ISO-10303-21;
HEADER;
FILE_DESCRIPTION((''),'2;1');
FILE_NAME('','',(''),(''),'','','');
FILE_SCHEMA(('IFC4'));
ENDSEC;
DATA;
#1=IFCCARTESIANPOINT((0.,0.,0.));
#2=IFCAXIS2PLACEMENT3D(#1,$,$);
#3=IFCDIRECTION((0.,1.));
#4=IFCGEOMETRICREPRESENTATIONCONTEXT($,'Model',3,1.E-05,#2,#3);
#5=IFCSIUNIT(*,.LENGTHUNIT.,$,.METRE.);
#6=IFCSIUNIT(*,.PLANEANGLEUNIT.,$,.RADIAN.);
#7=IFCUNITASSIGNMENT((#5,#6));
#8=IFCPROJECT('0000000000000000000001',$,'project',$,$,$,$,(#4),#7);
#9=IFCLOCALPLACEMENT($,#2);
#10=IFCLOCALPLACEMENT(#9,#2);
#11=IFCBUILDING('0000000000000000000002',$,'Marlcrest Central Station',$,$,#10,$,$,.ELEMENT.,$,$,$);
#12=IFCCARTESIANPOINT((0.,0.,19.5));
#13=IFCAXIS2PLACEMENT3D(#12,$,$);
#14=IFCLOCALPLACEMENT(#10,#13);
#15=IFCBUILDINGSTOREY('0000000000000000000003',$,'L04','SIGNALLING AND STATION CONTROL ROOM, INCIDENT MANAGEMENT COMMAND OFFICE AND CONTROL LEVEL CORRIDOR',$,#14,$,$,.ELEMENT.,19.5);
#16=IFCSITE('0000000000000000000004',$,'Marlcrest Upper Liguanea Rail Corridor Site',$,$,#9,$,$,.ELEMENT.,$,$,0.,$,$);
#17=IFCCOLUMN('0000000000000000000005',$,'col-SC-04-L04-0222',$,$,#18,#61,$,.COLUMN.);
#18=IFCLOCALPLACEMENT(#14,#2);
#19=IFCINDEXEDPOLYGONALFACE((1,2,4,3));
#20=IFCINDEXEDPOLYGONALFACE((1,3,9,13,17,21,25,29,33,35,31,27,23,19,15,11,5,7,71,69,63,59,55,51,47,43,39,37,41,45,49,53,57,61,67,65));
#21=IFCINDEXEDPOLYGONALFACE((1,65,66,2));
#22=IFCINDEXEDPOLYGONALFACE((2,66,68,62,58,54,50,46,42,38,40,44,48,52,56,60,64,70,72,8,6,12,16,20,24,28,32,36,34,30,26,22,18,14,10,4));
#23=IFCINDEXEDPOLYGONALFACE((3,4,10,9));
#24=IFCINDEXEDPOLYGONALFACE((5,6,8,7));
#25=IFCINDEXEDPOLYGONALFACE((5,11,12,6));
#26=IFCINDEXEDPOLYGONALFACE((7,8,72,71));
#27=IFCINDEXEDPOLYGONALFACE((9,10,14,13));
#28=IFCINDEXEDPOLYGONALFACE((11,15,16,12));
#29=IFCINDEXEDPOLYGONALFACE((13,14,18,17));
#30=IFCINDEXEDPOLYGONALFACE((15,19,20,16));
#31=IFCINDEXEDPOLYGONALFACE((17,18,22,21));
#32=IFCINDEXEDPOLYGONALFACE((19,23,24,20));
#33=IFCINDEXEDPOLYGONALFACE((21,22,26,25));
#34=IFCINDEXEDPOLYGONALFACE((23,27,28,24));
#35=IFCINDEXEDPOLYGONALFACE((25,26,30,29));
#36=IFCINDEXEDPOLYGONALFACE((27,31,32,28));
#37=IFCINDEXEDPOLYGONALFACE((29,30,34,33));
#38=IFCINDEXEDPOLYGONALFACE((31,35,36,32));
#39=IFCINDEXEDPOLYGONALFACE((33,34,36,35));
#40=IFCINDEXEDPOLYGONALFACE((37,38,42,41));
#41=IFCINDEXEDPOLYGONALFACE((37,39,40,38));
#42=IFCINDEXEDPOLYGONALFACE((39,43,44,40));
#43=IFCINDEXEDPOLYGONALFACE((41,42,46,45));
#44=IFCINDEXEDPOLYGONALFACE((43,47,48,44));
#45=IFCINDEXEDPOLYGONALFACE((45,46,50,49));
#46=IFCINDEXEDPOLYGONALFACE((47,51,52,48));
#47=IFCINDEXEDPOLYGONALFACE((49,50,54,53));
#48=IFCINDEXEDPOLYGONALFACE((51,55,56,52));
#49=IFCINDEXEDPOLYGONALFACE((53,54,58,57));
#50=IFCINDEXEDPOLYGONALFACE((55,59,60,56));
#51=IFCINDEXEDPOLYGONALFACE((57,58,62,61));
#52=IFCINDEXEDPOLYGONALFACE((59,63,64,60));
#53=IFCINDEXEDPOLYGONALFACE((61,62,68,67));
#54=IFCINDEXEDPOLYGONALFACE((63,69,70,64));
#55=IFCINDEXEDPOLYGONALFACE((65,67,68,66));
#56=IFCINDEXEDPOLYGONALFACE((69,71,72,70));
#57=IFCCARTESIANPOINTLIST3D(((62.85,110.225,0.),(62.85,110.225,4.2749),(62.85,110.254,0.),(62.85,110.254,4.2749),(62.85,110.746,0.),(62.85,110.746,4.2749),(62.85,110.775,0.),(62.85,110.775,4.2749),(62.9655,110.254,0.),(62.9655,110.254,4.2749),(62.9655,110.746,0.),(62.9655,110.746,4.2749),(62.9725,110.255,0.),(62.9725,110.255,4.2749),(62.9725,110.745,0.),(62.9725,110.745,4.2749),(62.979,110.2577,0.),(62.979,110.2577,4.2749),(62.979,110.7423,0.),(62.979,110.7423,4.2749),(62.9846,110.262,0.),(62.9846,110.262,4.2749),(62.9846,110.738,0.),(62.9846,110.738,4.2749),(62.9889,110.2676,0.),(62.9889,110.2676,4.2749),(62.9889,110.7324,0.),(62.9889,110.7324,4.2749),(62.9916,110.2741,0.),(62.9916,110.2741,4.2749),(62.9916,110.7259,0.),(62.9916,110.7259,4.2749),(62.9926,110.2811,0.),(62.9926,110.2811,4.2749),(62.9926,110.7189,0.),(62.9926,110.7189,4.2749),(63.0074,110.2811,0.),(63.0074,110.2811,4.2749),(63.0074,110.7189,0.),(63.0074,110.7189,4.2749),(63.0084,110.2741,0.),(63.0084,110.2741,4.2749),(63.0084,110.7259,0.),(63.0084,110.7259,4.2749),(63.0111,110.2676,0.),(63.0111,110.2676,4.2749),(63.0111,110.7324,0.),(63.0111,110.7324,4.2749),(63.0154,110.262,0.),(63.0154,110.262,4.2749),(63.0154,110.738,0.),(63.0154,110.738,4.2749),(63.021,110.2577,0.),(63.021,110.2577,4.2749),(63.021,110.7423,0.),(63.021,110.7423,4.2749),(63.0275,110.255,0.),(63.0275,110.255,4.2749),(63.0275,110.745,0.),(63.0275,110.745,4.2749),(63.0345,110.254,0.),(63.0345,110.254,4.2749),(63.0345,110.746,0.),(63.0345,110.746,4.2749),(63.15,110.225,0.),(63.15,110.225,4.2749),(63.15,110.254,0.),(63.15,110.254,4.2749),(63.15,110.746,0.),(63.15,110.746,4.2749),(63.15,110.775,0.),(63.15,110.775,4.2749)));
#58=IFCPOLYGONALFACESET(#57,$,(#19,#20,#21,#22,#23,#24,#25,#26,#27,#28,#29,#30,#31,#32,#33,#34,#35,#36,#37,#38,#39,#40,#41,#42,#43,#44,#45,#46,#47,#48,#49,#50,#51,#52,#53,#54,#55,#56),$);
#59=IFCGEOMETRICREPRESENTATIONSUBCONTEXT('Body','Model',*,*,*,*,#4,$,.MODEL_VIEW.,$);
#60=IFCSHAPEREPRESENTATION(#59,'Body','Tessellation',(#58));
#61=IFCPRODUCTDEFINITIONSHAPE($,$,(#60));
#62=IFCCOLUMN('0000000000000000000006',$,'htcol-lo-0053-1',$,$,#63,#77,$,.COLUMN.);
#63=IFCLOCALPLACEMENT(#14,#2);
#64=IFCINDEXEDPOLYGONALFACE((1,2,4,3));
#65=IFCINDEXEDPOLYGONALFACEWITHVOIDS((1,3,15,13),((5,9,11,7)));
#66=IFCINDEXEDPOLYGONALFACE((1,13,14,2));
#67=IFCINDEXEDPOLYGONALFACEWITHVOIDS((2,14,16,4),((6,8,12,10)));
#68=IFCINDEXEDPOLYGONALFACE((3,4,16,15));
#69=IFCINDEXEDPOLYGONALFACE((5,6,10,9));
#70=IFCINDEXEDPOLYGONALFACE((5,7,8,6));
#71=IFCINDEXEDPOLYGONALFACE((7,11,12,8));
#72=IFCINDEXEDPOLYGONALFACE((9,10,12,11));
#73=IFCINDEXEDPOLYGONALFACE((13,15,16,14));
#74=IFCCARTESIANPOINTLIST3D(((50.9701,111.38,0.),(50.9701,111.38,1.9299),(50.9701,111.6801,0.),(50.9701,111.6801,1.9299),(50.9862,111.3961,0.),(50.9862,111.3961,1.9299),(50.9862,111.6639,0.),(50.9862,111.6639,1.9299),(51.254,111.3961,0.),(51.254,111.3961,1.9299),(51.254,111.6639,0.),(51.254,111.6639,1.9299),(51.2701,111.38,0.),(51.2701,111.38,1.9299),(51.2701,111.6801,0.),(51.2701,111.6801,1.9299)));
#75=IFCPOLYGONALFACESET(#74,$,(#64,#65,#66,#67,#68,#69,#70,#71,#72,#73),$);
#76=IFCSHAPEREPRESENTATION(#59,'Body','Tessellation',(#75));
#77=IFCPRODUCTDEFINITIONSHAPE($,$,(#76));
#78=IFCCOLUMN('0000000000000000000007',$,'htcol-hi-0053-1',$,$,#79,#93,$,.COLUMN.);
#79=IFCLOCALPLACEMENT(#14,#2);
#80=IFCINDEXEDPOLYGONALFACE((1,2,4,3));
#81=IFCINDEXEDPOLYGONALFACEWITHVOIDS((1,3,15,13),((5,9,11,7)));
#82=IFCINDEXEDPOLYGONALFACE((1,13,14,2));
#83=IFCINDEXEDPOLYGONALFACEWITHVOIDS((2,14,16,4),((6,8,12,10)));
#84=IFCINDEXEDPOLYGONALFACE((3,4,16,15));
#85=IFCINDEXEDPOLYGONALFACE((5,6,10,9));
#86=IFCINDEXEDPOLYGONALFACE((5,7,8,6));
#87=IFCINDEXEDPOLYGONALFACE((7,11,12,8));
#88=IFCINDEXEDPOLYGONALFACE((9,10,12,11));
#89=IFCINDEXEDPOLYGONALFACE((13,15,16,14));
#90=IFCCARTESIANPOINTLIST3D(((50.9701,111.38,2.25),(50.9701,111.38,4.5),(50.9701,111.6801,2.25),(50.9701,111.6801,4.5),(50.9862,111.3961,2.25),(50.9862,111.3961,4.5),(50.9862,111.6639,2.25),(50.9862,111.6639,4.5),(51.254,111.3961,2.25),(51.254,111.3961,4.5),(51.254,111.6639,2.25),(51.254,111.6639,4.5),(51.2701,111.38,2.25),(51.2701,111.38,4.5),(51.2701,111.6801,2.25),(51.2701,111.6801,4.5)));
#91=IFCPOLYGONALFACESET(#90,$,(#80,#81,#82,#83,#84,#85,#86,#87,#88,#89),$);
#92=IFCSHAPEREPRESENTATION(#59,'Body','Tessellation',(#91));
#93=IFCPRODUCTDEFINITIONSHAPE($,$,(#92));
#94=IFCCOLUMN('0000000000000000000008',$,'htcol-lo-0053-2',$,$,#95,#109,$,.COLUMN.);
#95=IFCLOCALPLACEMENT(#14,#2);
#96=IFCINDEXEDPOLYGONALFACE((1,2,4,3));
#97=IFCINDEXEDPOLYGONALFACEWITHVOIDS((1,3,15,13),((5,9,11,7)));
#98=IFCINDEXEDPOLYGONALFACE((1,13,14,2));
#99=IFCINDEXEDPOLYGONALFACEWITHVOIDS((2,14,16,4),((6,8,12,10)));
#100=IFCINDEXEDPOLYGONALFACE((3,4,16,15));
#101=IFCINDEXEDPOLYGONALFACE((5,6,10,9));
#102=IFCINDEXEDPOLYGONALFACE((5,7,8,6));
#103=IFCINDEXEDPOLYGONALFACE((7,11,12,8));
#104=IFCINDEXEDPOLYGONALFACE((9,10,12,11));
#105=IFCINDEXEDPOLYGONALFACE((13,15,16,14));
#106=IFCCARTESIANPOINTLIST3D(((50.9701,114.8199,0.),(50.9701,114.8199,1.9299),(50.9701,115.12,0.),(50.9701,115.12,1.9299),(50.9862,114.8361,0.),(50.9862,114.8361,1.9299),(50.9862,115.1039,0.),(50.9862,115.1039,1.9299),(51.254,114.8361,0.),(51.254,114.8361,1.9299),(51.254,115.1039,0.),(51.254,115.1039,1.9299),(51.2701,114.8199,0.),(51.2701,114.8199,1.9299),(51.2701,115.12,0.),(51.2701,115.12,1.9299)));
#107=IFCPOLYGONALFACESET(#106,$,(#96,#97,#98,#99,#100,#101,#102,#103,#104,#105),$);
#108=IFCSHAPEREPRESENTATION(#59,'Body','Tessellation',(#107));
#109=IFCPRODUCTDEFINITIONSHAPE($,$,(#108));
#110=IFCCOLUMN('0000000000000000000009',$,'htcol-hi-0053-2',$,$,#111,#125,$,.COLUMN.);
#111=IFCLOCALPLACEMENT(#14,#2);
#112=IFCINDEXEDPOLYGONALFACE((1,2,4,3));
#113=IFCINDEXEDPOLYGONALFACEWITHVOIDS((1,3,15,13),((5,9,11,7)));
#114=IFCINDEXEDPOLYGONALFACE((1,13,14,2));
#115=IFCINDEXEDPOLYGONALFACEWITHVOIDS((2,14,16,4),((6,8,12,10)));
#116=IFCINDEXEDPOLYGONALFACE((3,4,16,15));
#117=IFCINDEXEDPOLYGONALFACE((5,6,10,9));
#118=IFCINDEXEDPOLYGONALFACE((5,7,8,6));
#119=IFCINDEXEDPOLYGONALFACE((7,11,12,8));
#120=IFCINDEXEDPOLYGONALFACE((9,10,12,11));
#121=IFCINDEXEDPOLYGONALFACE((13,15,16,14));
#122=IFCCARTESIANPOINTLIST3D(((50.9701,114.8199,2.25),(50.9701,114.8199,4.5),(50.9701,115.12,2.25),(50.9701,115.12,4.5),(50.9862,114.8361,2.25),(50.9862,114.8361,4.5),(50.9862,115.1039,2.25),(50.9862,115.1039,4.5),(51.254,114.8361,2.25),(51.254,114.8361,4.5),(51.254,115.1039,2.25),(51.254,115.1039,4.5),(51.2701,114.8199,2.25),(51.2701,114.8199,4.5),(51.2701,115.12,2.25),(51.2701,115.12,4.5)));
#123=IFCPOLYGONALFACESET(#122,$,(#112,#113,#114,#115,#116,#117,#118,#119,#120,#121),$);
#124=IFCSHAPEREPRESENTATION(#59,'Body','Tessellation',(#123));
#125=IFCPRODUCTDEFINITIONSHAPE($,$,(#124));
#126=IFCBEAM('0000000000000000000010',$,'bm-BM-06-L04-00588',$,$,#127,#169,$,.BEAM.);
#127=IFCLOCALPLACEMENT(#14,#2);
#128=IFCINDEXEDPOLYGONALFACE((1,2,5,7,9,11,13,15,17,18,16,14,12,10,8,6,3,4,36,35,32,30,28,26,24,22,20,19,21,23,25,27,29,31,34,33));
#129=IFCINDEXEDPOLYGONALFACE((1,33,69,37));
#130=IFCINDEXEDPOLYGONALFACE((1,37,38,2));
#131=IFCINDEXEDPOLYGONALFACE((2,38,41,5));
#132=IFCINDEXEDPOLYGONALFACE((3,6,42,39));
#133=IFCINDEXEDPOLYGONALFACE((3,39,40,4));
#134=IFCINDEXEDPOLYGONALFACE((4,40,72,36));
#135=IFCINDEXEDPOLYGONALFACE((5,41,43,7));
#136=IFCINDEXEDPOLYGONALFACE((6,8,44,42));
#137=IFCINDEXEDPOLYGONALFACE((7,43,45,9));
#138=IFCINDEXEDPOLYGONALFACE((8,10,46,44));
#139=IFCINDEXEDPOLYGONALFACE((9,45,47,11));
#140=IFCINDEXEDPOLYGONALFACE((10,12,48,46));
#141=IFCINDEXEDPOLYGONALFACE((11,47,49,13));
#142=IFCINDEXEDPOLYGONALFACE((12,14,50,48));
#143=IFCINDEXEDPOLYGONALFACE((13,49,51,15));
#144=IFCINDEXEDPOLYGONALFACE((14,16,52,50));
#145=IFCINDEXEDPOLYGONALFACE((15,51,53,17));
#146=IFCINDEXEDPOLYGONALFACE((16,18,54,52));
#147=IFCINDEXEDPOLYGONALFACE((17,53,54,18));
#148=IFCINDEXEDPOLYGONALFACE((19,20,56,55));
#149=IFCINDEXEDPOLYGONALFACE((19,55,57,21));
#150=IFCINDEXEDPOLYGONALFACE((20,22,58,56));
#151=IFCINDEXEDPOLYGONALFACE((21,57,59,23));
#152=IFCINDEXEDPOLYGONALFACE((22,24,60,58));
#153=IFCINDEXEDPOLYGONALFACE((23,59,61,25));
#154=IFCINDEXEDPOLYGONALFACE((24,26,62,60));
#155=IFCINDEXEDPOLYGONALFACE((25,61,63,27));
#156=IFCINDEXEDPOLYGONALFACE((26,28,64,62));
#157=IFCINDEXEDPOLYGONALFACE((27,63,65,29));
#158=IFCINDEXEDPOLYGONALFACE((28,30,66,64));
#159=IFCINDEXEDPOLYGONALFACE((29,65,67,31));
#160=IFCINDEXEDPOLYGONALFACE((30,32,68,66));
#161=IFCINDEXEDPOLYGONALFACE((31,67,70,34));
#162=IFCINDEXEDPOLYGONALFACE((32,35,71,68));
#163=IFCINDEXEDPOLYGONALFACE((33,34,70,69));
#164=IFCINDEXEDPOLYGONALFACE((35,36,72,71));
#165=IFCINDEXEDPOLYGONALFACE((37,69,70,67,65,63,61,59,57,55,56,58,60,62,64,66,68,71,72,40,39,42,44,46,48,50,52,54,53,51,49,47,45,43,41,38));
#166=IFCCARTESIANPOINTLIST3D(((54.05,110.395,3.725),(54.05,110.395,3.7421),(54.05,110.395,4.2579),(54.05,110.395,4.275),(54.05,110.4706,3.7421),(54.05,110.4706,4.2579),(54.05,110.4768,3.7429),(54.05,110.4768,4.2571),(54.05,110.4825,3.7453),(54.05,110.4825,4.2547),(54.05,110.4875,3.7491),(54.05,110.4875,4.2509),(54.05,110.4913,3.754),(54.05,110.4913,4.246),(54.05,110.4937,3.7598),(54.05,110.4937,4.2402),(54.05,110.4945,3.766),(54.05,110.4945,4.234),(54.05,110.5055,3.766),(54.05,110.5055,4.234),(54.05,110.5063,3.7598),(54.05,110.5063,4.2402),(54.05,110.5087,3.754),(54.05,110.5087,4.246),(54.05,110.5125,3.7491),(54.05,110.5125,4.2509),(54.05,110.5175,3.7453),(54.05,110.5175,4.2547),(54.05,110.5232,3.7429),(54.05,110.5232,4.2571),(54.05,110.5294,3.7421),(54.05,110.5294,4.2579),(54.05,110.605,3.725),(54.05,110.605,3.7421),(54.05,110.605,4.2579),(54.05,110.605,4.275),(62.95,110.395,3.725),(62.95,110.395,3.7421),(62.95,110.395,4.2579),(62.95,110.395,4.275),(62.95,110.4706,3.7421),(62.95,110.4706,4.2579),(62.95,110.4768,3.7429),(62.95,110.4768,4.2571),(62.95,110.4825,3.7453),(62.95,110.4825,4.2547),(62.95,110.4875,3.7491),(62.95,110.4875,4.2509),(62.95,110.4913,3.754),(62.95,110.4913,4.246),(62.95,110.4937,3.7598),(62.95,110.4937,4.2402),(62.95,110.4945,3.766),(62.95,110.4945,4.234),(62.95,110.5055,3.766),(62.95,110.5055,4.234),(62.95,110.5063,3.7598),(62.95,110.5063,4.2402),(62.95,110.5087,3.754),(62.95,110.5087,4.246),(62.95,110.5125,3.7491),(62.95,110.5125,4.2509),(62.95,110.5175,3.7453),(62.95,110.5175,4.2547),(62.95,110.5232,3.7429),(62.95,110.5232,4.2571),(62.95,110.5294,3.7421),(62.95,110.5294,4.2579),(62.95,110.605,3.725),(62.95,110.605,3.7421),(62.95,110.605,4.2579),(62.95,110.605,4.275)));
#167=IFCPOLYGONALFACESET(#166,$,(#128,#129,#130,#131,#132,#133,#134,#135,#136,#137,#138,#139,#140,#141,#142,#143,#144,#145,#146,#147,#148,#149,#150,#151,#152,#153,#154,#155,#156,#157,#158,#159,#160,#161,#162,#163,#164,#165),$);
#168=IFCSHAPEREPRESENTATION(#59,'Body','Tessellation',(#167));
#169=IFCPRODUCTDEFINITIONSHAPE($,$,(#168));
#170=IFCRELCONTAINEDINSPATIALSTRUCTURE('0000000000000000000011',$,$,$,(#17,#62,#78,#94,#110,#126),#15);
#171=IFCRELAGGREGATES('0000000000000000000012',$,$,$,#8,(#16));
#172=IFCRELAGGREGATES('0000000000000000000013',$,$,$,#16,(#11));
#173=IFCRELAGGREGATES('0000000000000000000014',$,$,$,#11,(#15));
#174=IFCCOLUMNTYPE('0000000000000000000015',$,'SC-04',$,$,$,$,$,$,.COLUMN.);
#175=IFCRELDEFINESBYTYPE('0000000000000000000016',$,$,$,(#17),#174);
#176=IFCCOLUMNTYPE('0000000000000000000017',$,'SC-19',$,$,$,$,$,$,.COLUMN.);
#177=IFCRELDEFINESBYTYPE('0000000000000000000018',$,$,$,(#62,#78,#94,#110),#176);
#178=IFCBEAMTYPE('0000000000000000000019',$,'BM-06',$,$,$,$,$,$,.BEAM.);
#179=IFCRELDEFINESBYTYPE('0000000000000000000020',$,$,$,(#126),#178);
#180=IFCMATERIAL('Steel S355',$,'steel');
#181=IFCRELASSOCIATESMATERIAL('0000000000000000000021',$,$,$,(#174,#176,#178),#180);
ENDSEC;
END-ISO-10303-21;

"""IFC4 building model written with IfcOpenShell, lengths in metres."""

from ifc_helpers import new_model, si_unit, direction, frame, origin, origin_2d, place, context, subcontext, project, spatial, hollow_rectangle, i_section, extrude, material, material_profile, profile_set, type_object, element, save


model = new_model("IFC4")

# Units and contexts
model_context = context("Model", 3, precision=1e-05, world=origin(), true_north=direction((0.0, 1.0)))
body_context = subcontext(model_context, "Body", "Model", "MODEL_VIEW")
ifc_project = project(units=[si_unit("LENGTHUNIT", "METRE"), si_unit("PLANEANGLEUNIT", "RADIAN")], contexts=[model_context])

# Site, building, storey
site_placement = place(None, origin())
site = spatial("IfcSite", under=ifc_project, at=site_placement, Name="Marlcrest Upper Liguanea Rail Corridor Site", CompositionType="ELEMENT", RefElevation=0.0)
building_placement = place(site_placement, origin())
building = spatial("IfcBuilding", under=site, at=building_placement, Name="Marlcrest Central Station", CompositionType="ELEMENT")
storey_placement = place(building_placement, frame((0.0, 0.0, 19.5)))
storey = spatial("IfcBuildingStorey", under=building, at=storey_placement, Name="L04", Description="SIGNALLING AND STATION CONTROL ROOM, INCIDENT MANAGEMENT COMMAND OFFICE AND CONTROL LEVEL CORRIDOR", CompositionType="ELEMENT", Elevation=19.5)

# Columns
ifc_material_1 = material(Name="Steel S355", Category="steel")
ifc_material_profile_1 = material_profile(ifc_material_1, i_section(OverallWidth=0.3, OverallDepth=0.55, WebThickness=0.0149, FlangeThickness=0.0291, FilletRadius=0.0271, at=origin_2d()), Name="HEB 550")
ifc_profile_set_1 = profile_set([ifc_material_profile_1], Name="Steel S355")
column_type_1 = type_object("IfcColumnType", Name="SC-04", PredefinedType="COLUMN", material=ifc_profile_set_1)
column_1_placement = place(storey_placement, frame((63.0, 110.5, 0.0), z_axis=(0.0, 0.0, 1.0), x_axis=(1.0, 0.0, 0.0)))
element("IfcColumn", 1, at=column_1_placement, inside=storey, type_object=column_type_1, Name="col-SC-04-L04-0222", PredefinedType="COLUMN", context=body_context, shape_type="SweptSolid", body=[
    extrude(i_section(OverallWidth=0.3, OverallDepth=0.55, WebThickness=0.0149, FlangeThickness=0.0291, FilletRadius=0.0271, at=origin_2d()), origin(), (0.0, 0.0, 1.0), 4.2749),
])
ifc_material_profile_2 = material_profile(ifc_material_1, hollow_rectangle(XDim=0.3, YDim=0.3, WallThickness=0.0161, at=origin_2d()), Name="SHS 300x300x16")
ifc_profile_set_2 = profile_set([ifc_material_profile_2], Name="Steel S355")
column_type_2 = type_object("IfcColumnType", Name="SC-19", PredefinedType="COLUMN", material=ifc_profile_set_2)
column_2_placement = place(storey_placement, frame((51.1201, 111.53, 0.0), z_axis=(0.0, 0.0, 1.0), x_axis=(1.0, 0.0, 0.0)))
element("IfcColumn", 2, at=column_2_placement, inside=storey, type_object=column_type_2, Name="htcol-lo-0053-1", PredefinedType="COLUMN", context=body_context, shape_type="SweptSolid", body=[
    extrude(hollow_rectangle(XDim=0.3, YDim=0.3, WallThickness=0.0161, at=origin_2d()), origin(), (0.0, 0.0, 1.0), 1.9299),
])
column_3_placement = place(storey_placement, frame((51.1201, 111.53, 2.25), z_axis=(0.0, 0.0, 1.0), x_axis=(1.0, 0.0, 0.0)))
element("IfcColumn", 3, at=column_3_placement, inside=storey, type_object=column_type_2, Name="htcol-hi-0053-1", PredefinedType="COLUMN", context=body_context, shape_type="SweptSolid", body=[
    extrude(hollow_rectangle(XDim=0.3, YDim=0.3, WallThickness=0.0161, at=origin_2d()), origin(), (0.0, 0.0, 1.0), 2.25),
])
column_4_placement = place(storey_placement, frame((51.1201, 114.97, 0.0), z_axis=(0.0, 0.0, 1.0), x_axis=(1.0, 0.0, 0.0)))
element("IfcColumn", 4, at=column_4_placement, inside=storey, type_object=column_type_2, Name="htcol-lo-0053-2", PredefinedType="COLUMN", context=body_context, shape_type="SweptSolid", body=[
    extrude(hollow_rectangle(XDim=0.3, YDim=0.3, WallThickness=0.0161, at=origin_2d()), origin(), (0.0, 0.0, 1.0), 1.9299),
])
column_5_placement = place(storey_placement, frame((51.1201, 114.97, 2.25), z_axis=(0.0, 0.0, 1.0), x_axis=(1.0, 0.0, 0.0)))
element("IfcColumn", 5, at=column_5_placement, inside=storey, type_object=column_type_2, Name="htcol-hi-0053-2", PredefinedType="COLUMN", context=body_context, shape_type="SweptSolid", body=[
    extrude(hollow_rectangle(XDim=0.3, YDim=0.3, WallThickness=0.0161, at=origin_2d()), origin(), (0.0, 0.0, 1.0), 2.25),
])

# Beam
ifc_material_profile_3 = material_profile(ifc_material_1, i_section(OverallWidth=0.21, OverallDepth=0.55, WebThickness=0.011, FlangeThickness=0.0171, FilletRadius=0.0239, at=origin_2d()), Name="IPE 550")
ifc_profile_set_3 = profile_set([ifc_material_profile_3], Name="Steel S355")
beam_type_1 = type_object("IfcBeamType", Name="BM-06", PredefinedType="BEAM", material=ifc_profile_set_3)
beam_1_placement = place(storey_placement, frame((54.05, 110.5, 4.0), z_axis=(1.0, 0.0, 0.0), x_axis=(0.0, 1.0, 0.0)))
element("IfcBeam", 6, at=beam_1_placement, inside=storey, type_object=beam_type_1, Name="bm-BM-06-L04-00588", PredefinedType="BEAM", context=body_context, shape_type="SweptSolid", body=[
    extrude(i_section(OverallWidth=0.21, OverallDepth=0.55, WebThickness=0.011, FlangeThickness=0.0171, FilletRadius=0.0239, at=origin_2d()), origin(), (0.0, 0.0, 1.0), 8.8999),
])

save(model, "model.ifc")
